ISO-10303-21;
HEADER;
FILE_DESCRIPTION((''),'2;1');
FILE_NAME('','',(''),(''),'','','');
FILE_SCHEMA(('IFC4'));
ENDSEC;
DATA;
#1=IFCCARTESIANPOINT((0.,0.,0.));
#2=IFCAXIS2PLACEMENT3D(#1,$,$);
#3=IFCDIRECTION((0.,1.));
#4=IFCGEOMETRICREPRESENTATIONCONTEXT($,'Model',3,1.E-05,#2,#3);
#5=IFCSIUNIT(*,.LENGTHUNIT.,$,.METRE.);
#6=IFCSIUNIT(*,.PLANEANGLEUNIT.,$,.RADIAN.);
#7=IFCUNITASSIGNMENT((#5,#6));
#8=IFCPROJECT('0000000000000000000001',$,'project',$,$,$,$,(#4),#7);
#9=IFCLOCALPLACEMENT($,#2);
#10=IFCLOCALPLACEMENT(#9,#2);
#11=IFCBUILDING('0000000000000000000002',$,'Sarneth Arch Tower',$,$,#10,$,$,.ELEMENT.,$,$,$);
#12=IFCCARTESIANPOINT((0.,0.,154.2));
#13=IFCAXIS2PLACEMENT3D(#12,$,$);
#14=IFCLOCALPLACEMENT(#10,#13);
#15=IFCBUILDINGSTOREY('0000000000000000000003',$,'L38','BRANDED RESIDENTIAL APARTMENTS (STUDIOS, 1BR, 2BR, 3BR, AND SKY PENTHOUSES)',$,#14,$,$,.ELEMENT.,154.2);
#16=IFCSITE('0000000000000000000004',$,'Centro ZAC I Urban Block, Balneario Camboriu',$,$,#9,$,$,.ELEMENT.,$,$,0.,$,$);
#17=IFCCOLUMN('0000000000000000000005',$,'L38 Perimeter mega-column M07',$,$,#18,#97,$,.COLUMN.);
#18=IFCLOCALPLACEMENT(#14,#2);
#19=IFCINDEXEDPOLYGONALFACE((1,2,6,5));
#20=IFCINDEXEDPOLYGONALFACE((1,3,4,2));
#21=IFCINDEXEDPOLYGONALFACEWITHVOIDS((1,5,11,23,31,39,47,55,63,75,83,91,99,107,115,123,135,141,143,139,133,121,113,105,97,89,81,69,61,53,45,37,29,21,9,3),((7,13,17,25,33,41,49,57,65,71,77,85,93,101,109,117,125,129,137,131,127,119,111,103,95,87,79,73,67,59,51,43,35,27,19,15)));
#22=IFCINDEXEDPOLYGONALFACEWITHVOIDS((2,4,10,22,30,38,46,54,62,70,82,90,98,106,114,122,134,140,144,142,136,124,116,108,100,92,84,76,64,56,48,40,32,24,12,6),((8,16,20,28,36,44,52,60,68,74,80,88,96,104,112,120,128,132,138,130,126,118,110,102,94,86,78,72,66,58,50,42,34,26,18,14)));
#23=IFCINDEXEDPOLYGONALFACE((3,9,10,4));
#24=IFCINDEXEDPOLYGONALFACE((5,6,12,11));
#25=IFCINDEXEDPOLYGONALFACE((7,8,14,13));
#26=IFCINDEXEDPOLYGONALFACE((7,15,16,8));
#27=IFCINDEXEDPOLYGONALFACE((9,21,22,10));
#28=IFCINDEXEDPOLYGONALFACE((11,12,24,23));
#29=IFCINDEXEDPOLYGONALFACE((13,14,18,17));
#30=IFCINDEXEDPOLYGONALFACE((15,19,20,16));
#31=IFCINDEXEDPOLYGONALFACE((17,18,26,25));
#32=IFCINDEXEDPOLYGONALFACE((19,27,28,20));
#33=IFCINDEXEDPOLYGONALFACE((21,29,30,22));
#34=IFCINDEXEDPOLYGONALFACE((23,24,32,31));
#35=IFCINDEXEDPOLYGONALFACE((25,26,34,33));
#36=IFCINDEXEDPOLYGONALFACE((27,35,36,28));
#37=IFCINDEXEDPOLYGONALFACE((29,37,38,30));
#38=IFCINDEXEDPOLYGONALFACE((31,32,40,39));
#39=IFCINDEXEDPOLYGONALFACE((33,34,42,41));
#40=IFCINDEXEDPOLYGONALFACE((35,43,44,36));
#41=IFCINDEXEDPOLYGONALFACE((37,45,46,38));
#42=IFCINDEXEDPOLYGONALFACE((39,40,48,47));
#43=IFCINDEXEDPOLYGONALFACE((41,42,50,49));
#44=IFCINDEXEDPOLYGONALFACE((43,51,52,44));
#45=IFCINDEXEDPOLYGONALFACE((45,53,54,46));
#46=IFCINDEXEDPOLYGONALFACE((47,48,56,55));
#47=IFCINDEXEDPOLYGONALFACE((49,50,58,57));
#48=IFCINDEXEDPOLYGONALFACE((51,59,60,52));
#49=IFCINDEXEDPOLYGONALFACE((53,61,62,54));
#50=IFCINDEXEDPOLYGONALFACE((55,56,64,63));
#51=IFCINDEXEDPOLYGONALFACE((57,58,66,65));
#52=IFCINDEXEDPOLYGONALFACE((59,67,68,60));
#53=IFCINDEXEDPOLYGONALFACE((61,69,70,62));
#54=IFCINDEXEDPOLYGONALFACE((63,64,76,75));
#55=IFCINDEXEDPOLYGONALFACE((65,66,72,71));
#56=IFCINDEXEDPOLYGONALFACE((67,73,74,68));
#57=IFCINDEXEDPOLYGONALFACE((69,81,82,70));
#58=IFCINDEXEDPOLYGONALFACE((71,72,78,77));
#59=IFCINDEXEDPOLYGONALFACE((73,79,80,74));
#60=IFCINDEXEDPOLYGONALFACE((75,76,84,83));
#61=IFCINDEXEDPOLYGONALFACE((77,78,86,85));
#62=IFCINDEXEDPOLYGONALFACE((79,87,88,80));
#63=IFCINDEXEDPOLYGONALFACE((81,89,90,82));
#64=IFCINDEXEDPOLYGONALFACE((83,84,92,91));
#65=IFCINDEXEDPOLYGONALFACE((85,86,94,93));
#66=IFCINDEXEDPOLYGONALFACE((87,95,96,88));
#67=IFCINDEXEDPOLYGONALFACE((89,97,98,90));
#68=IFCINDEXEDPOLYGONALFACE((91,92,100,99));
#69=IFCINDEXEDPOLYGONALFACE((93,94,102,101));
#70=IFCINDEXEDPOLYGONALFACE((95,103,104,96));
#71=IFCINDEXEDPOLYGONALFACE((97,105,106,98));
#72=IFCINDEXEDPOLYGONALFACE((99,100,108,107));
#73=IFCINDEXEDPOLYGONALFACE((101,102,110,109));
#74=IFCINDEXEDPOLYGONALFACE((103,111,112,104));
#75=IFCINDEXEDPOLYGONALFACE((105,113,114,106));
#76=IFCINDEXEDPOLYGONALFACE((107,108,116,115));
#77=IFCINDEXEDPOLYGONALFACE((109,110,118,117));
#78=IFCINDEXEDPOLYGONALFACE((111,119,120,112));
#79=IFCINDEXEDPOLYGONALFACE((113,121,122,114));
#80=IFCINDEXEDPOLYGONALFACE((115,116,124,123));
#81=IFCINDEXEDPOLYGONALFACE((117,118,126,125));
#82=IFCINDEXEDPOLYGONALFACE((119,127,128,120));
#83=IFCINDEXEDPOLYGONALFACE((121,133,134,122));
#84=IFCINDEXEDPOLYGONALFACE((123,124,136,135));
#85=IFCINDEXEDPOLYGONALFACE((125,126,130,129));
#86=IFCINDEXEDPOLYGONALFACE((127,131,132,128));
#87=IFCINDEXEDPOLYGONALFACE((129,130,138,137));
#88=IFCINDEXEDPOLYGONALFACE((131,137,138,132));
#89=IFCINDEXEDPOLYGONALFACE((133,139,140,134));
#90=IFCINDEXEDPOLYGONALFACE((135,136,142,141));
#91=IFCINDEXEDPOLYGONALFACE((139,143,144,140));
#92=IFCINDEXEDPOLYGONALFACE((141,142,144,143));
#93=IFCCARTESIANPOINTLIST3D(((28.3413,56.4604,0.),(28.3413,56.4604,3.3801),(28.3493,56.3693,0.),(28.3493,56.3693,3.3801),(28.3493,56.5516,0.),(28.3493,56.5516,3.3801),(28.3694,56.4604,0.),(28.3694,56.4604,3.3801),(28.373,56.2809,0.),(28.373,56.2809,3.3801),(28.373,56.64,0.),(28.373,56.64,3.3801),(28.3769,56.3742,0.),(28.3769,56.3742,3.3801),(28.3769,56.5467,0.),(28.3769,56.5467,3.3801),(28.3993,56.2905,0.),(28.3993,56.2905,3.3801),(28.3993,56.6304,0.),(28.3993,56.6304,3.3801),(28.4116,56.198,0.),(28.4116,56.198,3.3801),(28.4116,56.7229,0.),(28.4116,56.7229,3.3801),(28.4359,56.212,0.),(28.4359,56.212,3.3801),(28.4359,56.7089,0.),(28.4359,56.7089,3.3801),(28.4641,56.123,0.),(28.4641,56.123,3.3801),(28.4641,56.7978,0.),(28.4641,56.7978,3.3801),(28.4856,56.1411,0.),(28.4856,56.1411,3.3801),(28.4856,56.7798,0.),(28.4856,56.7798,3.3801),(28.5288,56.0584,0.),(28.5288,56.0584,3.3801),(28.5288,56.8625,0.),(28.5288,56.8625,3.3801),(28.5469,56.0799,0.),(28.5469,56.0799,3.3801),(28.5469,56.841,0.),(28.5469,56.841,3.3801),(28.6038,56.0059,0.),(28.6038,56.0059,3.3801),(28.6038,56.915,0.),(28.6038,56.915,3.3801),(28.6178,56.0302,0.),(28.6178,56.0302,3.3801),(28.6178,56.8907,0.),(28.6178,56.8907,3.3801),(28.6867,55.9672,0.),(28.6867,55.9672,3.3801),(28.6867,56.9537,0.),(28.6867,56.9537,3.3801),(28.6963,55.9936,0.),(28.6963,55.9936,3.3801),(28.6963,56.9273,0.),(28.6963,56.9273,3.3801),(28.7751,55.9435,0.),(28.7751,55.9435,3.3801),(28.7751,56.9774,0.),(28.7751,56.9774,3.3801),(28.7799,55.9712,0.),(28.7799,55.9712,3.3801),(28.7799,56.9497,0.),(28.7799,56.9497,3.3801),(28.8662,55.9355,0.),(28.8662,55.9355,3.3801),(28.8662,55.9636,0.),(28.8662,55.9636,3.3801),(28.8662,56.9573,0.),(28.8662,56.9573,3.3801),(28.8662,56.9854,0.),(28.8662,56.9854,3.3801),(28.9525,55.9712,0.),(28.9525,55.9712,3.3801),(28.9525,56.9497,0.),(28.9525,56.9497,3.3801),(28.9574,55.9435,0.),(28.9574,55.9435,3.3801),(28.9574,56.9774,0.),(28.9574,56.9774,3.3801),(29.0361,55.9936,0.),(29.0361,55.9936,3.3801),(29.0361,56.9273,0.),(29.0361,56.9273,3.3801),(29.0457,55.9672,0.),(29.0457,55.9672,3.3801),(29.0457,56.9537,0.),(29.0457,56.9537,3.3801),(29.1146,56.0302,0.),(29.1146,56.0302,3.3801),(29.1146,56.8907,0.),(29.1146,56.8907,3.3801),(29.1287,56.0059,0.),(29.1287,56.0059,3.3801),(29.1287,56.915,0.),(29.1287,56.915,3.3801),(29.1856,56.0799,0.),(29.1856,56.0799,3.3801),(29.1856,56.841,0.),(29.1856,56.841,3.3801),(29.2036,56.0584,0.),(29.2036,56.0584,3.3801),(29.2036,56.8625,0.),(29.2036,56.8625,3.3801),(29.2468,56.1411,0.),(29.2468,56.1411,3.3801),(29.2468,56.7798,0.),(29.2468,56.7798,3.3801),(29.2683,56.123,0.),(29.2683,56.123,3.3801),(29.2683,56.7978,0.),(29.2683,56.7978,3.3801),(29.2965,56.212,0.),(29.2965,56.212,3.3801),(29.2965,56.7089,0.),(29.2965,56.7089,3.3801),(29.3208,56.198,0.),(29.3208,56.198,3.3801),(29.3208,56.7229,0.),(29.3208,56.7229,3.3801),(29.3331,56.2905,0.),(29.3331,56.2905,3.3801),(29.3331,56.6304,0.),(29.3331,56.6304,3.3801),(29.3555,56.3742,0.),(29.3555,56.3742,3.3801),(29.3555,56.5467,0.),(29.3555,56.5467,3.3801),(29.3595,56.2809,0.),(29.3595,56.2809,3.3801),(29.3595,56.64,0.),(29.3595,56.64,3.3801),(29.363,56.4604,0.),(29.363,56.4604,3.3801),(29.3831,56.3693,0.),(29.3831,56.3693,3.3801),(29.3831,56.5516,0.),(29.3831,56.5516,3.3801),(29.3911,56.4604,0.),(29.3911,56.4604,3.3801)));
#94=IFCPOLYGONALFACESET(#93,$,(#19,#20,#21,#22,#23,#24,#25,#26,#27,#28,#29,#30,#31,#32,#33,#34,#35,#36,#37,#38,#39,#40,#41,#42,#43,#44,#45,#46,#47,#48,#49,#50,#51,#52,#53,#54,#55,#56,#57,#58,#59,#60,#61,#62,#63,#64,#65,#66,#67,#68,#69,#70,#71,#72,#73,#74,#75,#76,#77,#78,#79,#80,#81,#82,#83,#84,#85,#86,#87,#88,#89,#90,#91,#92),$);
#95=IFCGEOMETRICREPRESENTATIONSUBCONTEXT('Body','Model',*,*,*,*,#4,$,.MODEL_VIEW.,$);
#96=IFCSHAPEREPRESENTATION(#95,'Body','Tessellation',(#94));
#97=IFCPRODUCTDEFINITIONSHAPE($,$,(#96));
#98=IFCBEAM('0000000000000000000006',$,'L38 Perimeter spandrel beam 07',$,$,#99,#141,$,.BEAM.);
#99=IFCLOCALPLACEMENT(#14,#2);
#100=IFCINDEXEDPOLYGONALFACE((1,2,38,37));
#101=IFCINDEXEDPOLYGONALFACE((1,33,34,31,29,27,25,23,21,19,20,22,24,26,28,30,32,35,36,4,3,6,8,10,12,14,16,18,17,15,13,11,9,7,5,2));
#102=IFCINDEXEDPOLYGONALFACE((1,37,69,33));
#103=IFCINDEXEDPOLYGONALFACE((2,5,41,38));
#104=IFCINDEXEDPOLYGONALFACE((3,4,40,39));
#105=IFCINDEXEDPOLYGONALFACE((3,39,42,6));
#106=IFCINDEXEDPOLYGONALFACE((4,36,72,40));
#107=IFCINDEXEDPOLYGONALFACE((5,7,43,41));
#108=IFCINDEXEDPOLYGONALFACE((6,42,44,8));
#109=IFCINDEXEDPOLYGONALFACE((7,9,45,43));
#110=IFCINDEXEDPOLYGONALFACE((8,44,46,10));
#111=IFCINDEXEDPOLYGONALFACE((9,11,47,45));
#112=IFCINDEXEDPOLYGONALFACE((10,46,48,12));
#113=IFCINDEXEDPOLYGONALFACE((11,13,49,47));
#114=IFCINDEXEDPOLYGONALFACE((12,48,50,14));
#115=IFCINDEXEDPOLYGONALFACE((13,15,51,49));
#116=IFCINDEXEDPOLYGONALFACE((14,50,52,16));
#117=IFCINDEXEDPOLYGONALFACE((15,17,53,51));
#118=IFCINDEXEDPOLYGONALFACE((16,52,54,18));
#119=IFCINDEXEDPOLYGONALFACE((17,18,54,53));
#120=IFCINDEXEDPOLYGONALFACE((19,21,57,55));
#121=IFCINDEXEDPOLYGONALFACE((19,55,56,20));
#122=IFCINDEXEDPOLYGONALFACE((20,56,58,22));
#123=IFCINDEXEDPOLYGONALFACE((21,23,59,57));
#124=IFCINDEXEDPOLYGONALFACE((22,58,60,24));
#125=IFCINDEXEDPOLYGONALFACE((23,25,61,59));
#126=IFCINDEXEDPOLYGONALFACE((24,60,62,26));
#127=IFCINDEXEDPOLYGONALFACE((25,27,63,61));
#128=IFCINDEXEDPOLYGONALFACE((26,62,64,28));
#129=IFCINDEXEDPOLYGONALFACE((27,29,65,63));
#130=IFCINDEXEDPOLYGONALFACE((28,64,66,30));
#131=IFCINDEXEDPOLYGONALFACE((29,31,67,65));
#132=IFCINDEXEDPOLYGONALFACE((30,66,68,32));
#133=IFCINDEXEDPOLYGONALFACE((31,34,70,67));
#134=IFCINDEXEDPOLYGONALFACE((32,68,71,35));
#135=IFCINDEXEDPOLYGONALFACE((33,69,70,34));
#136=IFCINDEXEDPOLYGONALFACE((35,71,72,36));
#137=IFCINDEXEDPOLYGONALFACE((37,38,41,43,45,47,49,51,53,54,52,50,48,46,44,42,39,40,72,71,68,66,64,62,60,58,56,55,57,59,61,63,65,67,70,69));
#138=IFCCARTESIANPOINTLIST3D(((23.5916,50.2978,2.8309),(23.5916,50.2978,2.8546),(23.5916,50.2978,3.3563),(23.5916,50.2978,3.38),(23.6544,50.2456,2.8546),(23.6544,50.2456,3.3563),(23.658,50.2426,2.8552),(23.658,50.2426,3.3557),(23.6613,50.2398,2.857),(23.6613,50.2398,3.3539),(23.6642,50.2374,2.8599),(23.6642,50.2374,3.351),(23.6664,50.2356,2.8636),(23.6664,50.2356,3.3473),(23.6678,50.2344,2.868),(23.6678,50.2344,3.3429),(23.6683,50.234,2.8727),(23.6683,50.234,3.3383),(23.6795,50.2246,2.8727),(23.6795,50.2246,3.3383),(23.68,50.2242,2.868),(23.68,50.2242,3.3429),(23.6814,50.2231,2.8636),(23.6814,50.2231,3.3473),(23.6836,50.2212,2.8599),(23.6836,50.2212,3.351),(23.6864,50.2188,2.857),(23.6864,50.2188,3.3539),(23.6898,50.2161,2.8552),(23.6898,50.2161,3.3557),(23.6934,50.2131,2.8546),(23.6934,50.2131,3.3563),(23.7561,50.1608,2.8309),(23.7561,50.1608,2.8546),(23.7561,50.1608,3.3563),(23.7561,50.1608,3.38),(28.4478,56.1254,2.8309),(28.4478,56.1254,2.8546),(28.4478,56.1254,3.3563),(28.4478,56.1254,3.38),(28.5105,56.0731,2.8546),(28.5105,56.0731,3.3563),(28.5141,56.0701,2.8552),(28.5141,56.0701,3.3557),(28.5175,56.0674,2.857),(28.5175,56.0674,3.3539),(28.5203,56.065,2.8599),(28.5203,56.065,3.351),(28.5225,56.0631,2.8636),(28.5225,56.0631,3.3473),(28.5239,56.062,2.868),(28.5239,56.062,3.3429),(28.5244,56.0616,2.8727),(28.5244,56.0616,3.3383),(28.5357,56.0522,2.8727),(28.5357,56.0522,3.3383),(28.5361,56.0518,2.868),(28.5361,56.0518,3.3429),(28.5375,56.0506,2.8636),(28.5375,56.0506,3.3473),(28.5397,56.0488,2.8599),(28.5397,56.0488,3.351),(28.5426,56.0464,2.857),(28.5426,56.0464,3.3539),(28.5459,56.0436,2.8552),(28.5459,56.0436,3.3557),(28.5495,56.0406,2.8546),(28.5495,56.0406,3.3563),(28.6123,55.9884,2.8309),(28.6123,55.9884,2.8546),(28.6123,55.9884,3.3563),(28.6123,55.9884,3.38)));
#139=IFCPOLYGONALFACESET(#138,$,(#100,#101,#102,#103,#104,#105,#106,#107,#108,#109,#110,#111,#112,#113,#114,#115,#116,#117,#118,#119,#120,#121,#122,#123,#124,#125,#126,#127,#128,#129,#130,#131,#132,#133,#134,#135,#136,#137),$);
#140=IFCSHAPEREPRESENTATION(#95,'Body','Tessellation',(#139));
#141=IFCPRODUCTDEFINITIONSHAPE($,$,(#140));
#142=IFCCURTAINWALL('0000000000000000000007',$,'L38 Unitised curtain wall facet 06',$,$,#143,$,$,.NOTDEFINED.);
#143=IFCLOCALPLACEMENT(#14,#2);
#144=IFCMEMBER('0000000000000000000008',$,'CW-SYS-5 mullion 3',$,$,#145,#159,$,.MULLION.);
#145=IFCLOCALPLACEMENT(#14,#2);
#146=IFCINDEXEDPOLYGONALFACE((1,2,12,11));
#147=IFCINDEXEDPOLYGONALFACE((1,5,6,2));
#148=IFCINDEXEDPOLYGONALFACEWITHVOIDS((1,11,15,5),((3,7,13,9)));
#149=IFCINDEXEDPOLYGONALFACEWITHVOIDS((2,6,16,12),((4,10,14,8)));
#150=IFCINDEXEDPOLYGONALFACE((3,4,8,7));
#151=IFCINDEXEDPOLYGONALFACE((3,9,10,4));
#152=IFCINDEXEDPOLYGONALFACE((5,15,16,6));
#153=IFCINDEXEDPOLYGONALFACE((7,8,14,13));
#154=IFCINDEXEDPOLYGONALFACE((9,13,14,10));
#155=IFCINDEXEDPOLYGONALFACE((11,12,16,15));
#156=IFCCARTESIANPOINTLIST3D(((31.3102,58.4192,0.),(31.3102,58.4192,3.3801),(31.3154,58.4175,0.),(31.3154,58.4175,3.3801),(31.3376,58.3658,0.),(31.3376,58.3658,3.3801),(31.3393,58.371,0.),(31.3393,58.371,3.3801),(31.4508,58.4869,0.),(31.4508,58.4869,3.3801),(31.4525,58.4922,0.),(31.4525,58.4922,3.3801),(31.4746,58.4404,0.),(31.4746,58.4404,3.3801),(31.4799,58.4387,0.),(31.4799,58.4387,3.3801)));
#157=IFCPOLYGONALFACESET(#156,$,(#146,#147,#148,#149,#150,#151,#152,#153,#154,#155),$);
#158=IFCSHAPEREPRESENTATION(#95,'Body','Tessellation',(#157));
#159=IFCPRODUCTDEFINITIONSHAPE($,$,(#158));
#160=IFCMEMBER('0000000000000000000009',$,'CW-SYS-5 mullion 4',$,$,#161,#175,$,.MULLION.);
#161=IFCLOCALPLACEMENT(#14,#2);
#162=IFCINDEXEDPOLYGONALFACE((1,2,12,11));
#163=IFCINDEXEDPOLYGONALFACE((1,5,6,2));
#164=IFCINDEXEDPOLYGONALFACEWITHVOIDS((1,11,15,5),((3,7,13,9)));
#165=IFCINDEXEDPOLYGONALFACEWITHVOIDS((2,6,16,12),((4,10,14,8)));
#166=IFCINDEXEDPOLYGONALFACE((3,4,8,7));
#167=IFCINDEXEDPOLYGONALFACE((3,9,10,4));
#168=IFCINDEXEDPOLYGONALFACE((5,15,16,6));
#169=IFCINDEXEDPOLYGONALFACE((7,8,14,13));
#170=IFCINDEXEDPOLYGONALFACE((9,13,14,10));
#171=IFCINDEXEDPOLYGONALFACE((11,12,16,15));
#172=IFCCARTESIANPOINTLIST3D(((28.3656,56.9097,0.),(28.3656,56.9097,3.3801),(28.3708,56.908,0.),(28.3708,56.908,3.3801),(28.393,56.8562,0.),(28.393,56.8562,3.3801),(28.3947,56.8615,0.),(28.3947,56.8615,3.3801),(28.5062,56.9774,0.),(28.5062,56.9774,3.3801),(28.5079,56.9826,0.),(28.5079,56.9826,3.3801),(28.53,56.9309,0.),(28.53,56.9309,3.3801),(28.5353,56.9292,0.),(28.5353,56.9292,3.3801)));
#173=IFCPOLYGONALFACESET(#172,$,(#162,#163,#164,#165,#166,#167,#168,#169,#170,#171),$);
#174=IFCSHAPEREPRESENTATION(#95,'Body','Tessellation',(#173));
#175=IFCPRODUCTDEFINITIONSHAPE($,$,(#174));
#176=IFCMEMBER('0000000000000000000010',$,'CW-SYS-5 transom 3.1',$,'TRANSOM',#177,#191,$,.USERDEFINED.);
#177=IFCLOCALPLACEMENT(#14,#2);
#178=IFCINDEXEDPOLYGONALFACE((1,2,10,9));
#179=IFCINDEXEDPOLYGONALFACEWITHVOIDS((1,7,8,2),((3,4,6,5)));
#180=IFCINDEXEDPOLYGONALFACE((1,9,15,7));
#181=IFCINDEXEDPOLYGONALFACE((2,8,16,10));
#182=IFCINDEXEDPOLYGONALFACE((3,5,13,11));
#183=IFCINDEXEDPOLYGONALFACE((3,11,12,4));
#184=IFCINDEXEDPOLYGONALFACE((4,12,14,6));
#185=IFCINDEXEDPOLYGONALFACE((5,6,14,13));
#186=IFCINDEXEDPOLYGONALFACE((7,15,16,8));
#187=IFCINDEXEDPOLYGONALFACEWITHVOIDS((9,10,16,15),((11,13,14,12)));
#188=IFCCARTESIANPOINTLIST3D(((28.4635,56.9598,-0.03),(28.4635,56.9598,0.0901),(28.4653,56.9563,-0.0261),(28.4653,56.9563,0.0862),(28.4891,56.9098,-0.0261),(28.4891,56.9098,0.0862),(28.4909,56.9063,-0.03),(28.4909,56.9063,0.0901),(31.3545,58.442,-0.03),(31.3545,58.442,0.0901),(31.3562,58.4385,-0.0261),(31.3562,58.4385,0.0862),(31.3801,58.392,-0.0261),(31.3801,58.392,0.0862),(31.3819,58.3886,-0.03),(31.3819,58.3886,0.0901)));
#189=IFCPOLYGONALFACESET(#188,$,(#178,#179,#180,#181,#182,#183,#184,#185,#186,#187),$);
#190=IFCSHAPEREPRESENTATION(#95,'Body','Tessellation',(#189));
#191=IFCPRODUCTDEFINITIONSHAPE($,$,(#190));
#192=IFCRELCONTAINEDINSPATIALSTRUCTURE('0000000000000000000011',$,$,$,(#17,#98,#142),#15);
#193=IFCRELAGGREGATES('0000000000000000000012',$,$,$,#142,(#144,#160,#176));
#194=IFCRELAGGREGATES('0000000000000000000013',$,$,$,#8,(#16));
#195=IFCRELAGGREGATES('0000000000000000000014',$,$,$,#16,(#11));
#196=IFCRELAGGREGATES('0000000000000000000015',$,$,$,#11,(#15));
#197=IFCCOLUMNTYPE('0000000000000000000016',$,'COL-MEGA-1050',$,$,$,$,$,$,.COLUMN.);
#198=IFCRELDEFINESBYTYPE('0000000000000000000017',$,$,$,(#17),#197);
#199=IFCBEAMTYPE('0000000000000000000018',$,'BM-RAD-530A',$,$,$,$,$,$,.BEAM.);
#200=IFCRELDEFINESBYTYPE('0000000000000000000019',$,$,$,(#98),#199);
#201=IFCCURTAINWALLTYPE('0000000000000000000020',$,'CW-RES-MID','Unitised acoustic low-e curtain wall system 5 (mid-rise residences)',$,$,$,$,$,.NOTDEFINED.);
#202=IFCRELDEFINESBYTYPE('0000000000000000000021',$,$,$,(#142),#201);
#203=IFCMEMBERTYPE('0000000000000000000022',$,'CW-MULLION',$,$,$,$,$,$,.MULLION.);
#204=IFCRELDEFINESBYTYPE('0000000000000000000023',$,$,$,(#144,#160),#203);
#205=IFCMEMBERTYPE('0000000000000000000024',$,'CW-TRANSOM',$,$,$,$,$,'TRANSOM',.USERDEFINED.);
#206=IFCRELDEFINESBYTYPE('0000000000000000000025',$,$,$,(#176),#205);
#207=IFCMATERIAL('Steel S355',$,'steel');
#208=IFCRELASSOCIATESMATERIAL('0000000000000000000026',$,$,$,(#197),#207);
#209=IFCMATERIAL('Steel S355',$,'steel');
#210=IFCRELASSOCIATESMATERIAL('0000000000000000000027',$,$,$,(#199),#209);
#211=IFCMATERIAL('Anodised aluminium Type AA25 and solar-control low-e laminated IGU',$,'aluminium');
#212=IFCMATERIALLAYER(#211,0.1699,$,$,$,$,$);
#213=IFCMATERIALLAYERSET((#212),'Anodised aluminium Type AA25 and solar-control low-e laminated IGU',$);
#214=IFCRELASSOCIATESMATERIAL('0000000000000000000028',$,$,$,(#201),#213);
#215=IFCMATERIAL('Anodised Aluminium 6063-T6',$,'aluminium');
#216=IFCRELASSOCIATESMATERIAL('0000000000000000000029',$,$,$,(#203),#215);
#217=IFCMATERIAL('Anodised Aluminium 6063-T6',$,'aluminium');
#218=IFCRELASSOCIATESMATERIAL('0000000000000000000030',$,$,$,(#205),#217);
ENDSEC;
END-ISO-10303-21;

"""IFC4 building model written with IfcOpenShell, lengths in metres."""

from ifc_helpers import new_model, si_unit, direction, frame, origin, origin_2d, place, context, subcontext, project, spatial, hollow_rectangle, hollow_circle, i_section, extrude, material, layer, layer_set, material_profile, profile_set, type_object, element, aggregate, save


model = new_model("IFC4")

# Units and contexts
model_context = context("Model", 3, precision=1e-05, world=origin(), true_north=direction((0.0, 1.0)))
body_context = subcontext(model_context, "Body", "Model", "MODEL_VIEW")
ifc_project = project(units=[si_unit("LENGTHUNIT", "METRE"), si_unit("PLANEANGLEUNIT", "RADIAN")], contexts=[model_context])

# Site, building, storey
site_placement = place(None, origin())
site = spatial("IfcSite", under=ifc_project, at=site_placement, Name="Centro ZAC I Urban Block, Balneario Camboriu", CompositionType="ELEMENT", RefElevation=0.0)
building_placement = place(site_placement, origin())
building = spatial("IfcBuilding", under=site, at=building_placement, Name="Sarneth Arch Tower", CompositionType="ELEMENT")
storey_placement = place(building_placement, frame((0.0, 0.0, 154.2)))
storey = spatial("IfcBuildingStorey", under=building, at=storey_placement, Name="L38", Description="BRANDED RESIDENTIAL APARTMENTS (STUDIOS, 1BR, 2BR, 3BR, AND SKY PENTHOUSES)", CompositionType="ELEMENT", Elevation=154.2)

# Column
ifc_material_1 = material(Name="Steel S355", Category="steel")
ifc_material_profile_1 = material_profile(ifc_material_1, hollow_circle(Radius=0.5249, WallThickness=0.0281, at=origin_2d()), Name="CHS1050x28")
ifc_profile_set_1 = profile_set([ifc_material_profile_1], Name="Steel S355")
column_type = type_object("IfcColumnType", Name="COL-MEGA-1050", PredefinedType="COLUMN", material=ifc_profile_set_1)
column_placement = place(storey_placement, frame((28.8662, 56.4604, 0.0), z_axis=(0.0, 0.0, 1.0), x_axis=(1.0, 0.0, 0.0)))
element("IfcColumn", 1, at=column_placement, inside=storey, type_object=column_type, Name="L38 Perimeter mega-column M07", PredefinedType="COLUMN", context=body_context, shape_type="SweptSolid", body=[
    extrude(hollow_circle(Radius=0.5249, WallThickness=0.0281, at=origin_2d()), origin(), (0.0, 0.0, 1.0), 3.3801),
])

# Beam
ifc_material_2 = material(Name="Steel S355", Category="steel")
ifc_material_profile_2 = material_profile(ifc_material_2, i_section(OverallWidth=0.2141, OverallDepth=0.5491, WebThickness=0.0146, FlangeThickness=0.0237, FilletRadius=0.0181, at=origin_2d()), Name="W530x138")
ifc_profile_set_2 = profile_set([ifc_material_profile_2], Name="Steel S355")
beam_type = type_object("IfcBeamType", Name="BM-RAD-530A", PredefinedType="BEAM", material=ifc_profile_set_2)
beam_placement = place(storey_placement, frame((28.53, 56.0569, 3.1055), z_axis=(-0.640172, -0.768232, 0.0), x_axis=(0.768232, -0.640172, 0.0)))
element("IfcBeam", 2, at=beam_placement, inside=storey, type_object=beam_type, Name="L38 Perimeter spandrel beam 07", PredefinedType="BEAM", context=body_context, shape_type="SweptSolid", body=[
    extrude(i_section(OverallWidth=0.2141, OverallDepth=0.5491, WebThickness=0.0146, FlangeThickness=0.0237, FilletRadius=0.0181, at=origin_2d()), origin(), (0.0, 0.0, 1.0), 7.5857),
])

# Curtain wall, members
ifc_material_3 = material(Name="Anodised aluminium Type AA25 and solar-control low-e laminated IGU", Category="aluminium")
ifc_layer_1 = layer(ifc_material_3, 0.1699)
ifc_layer_set_1 = layer_set([ifc_layer_1], Name="Anodised aluminium Type AA25 and solar-control low-e laminated IGU")
curtain_wall_type = type_object("IfcCurtainWallType", Name="CW-RES-MID", Description="Unitised acoustic low-e curtain wall system 5 (mid-rise residences)", PredefinedType="NOTDEFINED", material=ifc_layer_set_1)
curtain_wall_placement = place(storey_placement, origin())
curtain_wall = element("IfcCurtainWall", 3, at=curtain_wall_placement, inside=storey, type_object=curtain_wall_type, Name="L38 Unitised curtain wall facet 06", PredefinedType="NOTDEFINED")
ifc_material_4 = material(Name="Anodised Aluminium 6063-T6", Category="aluminium")
ifc_material_profile_3 = material_profile(ifc_material_4, hollow_rectangle(XDim=0.0601, YDim=0.1599, WallThickness=0.0039, at=origin_2d()), Name="AL-MULL-160x60x4")
ifc_profile_set_3 = profile_set([ifc_material_profile_3], Name="Anodised Aluminium 6063-T6")
member_type_1 = type_object("IfcMemberType", Name="CW-MULLION", PredefinedType="MULLION", material=ifc_profile_set_3)
member_1_placement = place(storey_placement, frame((31.395, 58.429, 0.0), z_axis=(0.0, 0.0, 1.0), x_axis=(0.456208, -0.889873, 0.0)))
member_1 = element("IfcMember", 4, at=member_1_placement, type_object=member_type_1, Name="CW-SYS-5 mullion 3", PredefinedType="MULLION", context=body_context, shape_type="SweptSolid", body=[
    extrude(hollow_rectangle(XDim=0.0601, YDim=0.1599, WallThickness=0.0039, at=origin_2d()), origin(), (0.0, 0.0, 1.0), 3.3801),
])
member_2_placement = place(storey_placement, frame((28.4504, 56.9194, 0.0), z_axis=(0.0, 0.0, 1.0), x_axis=(0.456208, -0.889873, 0.0)))
member_2 = element("IfcMember", 5, at=member_2_placement, type_object=member_type_1, Name="CW-SYS-5 mullion 4", PredefinedType="MULLION", context=body_context, shape_type="SweptSolid", body=[
    extrude(hollow_rectangle(XDim=0.0601, YDim=0.1599, WallThickness=0.0039, at=origin_2d()), origin(), (0.0, 0.0, 1.0), 3.3801),
])
ifc_material_5 = material(Name="Anodised Aluminium 6063-T6", Category="aluminium")
ifc_material_profile_4 = material_profile(ifc_material_5, hollow_rectangle(XDim=0.0601, YDim=0.1201, WallThickness=0.0039, at=origin_2d()), Name="AL-TRAN-120x60x4")
ifc_profile_set_4 = profile_set([ifc_material_profile_4], Name="Anodised Aluminium 6063-T6")
member_type_2 = type_object("IfcMemberType", Name="CW-TRANSOM", ElementType="TRANSOM", PredefinedType="USERDEFINED", material=ifc_profile_set_4)
member_3_placement = place(storey_placement, frame((31.3682, 58.4153, 0.03), z_axis=(-0.889857, -0.456239, 0.0), x_axis=(0.456239, -0.889857, 0.0)))
member_3 = element("IfcMember", 6, at=member_3_placement, type_object=member_type_2, Name="CW-SYS-5 transom 3.1", ObjectType="TRANSOM", PredefinedType="USERDEFINED", context=body_context, shape_type="SweptSolid", body=[
    extrude(hollow_rectangle(XDim=0.0601, YDim=0.1201, WallThickness=0.0039, at=origin_2d()), origin(), (0.0, 0.0, 1.0), 3.2488),
])

aggregate(curtain_wall, [member_1, member_2, member_3])

save(model, "model.ifc")
